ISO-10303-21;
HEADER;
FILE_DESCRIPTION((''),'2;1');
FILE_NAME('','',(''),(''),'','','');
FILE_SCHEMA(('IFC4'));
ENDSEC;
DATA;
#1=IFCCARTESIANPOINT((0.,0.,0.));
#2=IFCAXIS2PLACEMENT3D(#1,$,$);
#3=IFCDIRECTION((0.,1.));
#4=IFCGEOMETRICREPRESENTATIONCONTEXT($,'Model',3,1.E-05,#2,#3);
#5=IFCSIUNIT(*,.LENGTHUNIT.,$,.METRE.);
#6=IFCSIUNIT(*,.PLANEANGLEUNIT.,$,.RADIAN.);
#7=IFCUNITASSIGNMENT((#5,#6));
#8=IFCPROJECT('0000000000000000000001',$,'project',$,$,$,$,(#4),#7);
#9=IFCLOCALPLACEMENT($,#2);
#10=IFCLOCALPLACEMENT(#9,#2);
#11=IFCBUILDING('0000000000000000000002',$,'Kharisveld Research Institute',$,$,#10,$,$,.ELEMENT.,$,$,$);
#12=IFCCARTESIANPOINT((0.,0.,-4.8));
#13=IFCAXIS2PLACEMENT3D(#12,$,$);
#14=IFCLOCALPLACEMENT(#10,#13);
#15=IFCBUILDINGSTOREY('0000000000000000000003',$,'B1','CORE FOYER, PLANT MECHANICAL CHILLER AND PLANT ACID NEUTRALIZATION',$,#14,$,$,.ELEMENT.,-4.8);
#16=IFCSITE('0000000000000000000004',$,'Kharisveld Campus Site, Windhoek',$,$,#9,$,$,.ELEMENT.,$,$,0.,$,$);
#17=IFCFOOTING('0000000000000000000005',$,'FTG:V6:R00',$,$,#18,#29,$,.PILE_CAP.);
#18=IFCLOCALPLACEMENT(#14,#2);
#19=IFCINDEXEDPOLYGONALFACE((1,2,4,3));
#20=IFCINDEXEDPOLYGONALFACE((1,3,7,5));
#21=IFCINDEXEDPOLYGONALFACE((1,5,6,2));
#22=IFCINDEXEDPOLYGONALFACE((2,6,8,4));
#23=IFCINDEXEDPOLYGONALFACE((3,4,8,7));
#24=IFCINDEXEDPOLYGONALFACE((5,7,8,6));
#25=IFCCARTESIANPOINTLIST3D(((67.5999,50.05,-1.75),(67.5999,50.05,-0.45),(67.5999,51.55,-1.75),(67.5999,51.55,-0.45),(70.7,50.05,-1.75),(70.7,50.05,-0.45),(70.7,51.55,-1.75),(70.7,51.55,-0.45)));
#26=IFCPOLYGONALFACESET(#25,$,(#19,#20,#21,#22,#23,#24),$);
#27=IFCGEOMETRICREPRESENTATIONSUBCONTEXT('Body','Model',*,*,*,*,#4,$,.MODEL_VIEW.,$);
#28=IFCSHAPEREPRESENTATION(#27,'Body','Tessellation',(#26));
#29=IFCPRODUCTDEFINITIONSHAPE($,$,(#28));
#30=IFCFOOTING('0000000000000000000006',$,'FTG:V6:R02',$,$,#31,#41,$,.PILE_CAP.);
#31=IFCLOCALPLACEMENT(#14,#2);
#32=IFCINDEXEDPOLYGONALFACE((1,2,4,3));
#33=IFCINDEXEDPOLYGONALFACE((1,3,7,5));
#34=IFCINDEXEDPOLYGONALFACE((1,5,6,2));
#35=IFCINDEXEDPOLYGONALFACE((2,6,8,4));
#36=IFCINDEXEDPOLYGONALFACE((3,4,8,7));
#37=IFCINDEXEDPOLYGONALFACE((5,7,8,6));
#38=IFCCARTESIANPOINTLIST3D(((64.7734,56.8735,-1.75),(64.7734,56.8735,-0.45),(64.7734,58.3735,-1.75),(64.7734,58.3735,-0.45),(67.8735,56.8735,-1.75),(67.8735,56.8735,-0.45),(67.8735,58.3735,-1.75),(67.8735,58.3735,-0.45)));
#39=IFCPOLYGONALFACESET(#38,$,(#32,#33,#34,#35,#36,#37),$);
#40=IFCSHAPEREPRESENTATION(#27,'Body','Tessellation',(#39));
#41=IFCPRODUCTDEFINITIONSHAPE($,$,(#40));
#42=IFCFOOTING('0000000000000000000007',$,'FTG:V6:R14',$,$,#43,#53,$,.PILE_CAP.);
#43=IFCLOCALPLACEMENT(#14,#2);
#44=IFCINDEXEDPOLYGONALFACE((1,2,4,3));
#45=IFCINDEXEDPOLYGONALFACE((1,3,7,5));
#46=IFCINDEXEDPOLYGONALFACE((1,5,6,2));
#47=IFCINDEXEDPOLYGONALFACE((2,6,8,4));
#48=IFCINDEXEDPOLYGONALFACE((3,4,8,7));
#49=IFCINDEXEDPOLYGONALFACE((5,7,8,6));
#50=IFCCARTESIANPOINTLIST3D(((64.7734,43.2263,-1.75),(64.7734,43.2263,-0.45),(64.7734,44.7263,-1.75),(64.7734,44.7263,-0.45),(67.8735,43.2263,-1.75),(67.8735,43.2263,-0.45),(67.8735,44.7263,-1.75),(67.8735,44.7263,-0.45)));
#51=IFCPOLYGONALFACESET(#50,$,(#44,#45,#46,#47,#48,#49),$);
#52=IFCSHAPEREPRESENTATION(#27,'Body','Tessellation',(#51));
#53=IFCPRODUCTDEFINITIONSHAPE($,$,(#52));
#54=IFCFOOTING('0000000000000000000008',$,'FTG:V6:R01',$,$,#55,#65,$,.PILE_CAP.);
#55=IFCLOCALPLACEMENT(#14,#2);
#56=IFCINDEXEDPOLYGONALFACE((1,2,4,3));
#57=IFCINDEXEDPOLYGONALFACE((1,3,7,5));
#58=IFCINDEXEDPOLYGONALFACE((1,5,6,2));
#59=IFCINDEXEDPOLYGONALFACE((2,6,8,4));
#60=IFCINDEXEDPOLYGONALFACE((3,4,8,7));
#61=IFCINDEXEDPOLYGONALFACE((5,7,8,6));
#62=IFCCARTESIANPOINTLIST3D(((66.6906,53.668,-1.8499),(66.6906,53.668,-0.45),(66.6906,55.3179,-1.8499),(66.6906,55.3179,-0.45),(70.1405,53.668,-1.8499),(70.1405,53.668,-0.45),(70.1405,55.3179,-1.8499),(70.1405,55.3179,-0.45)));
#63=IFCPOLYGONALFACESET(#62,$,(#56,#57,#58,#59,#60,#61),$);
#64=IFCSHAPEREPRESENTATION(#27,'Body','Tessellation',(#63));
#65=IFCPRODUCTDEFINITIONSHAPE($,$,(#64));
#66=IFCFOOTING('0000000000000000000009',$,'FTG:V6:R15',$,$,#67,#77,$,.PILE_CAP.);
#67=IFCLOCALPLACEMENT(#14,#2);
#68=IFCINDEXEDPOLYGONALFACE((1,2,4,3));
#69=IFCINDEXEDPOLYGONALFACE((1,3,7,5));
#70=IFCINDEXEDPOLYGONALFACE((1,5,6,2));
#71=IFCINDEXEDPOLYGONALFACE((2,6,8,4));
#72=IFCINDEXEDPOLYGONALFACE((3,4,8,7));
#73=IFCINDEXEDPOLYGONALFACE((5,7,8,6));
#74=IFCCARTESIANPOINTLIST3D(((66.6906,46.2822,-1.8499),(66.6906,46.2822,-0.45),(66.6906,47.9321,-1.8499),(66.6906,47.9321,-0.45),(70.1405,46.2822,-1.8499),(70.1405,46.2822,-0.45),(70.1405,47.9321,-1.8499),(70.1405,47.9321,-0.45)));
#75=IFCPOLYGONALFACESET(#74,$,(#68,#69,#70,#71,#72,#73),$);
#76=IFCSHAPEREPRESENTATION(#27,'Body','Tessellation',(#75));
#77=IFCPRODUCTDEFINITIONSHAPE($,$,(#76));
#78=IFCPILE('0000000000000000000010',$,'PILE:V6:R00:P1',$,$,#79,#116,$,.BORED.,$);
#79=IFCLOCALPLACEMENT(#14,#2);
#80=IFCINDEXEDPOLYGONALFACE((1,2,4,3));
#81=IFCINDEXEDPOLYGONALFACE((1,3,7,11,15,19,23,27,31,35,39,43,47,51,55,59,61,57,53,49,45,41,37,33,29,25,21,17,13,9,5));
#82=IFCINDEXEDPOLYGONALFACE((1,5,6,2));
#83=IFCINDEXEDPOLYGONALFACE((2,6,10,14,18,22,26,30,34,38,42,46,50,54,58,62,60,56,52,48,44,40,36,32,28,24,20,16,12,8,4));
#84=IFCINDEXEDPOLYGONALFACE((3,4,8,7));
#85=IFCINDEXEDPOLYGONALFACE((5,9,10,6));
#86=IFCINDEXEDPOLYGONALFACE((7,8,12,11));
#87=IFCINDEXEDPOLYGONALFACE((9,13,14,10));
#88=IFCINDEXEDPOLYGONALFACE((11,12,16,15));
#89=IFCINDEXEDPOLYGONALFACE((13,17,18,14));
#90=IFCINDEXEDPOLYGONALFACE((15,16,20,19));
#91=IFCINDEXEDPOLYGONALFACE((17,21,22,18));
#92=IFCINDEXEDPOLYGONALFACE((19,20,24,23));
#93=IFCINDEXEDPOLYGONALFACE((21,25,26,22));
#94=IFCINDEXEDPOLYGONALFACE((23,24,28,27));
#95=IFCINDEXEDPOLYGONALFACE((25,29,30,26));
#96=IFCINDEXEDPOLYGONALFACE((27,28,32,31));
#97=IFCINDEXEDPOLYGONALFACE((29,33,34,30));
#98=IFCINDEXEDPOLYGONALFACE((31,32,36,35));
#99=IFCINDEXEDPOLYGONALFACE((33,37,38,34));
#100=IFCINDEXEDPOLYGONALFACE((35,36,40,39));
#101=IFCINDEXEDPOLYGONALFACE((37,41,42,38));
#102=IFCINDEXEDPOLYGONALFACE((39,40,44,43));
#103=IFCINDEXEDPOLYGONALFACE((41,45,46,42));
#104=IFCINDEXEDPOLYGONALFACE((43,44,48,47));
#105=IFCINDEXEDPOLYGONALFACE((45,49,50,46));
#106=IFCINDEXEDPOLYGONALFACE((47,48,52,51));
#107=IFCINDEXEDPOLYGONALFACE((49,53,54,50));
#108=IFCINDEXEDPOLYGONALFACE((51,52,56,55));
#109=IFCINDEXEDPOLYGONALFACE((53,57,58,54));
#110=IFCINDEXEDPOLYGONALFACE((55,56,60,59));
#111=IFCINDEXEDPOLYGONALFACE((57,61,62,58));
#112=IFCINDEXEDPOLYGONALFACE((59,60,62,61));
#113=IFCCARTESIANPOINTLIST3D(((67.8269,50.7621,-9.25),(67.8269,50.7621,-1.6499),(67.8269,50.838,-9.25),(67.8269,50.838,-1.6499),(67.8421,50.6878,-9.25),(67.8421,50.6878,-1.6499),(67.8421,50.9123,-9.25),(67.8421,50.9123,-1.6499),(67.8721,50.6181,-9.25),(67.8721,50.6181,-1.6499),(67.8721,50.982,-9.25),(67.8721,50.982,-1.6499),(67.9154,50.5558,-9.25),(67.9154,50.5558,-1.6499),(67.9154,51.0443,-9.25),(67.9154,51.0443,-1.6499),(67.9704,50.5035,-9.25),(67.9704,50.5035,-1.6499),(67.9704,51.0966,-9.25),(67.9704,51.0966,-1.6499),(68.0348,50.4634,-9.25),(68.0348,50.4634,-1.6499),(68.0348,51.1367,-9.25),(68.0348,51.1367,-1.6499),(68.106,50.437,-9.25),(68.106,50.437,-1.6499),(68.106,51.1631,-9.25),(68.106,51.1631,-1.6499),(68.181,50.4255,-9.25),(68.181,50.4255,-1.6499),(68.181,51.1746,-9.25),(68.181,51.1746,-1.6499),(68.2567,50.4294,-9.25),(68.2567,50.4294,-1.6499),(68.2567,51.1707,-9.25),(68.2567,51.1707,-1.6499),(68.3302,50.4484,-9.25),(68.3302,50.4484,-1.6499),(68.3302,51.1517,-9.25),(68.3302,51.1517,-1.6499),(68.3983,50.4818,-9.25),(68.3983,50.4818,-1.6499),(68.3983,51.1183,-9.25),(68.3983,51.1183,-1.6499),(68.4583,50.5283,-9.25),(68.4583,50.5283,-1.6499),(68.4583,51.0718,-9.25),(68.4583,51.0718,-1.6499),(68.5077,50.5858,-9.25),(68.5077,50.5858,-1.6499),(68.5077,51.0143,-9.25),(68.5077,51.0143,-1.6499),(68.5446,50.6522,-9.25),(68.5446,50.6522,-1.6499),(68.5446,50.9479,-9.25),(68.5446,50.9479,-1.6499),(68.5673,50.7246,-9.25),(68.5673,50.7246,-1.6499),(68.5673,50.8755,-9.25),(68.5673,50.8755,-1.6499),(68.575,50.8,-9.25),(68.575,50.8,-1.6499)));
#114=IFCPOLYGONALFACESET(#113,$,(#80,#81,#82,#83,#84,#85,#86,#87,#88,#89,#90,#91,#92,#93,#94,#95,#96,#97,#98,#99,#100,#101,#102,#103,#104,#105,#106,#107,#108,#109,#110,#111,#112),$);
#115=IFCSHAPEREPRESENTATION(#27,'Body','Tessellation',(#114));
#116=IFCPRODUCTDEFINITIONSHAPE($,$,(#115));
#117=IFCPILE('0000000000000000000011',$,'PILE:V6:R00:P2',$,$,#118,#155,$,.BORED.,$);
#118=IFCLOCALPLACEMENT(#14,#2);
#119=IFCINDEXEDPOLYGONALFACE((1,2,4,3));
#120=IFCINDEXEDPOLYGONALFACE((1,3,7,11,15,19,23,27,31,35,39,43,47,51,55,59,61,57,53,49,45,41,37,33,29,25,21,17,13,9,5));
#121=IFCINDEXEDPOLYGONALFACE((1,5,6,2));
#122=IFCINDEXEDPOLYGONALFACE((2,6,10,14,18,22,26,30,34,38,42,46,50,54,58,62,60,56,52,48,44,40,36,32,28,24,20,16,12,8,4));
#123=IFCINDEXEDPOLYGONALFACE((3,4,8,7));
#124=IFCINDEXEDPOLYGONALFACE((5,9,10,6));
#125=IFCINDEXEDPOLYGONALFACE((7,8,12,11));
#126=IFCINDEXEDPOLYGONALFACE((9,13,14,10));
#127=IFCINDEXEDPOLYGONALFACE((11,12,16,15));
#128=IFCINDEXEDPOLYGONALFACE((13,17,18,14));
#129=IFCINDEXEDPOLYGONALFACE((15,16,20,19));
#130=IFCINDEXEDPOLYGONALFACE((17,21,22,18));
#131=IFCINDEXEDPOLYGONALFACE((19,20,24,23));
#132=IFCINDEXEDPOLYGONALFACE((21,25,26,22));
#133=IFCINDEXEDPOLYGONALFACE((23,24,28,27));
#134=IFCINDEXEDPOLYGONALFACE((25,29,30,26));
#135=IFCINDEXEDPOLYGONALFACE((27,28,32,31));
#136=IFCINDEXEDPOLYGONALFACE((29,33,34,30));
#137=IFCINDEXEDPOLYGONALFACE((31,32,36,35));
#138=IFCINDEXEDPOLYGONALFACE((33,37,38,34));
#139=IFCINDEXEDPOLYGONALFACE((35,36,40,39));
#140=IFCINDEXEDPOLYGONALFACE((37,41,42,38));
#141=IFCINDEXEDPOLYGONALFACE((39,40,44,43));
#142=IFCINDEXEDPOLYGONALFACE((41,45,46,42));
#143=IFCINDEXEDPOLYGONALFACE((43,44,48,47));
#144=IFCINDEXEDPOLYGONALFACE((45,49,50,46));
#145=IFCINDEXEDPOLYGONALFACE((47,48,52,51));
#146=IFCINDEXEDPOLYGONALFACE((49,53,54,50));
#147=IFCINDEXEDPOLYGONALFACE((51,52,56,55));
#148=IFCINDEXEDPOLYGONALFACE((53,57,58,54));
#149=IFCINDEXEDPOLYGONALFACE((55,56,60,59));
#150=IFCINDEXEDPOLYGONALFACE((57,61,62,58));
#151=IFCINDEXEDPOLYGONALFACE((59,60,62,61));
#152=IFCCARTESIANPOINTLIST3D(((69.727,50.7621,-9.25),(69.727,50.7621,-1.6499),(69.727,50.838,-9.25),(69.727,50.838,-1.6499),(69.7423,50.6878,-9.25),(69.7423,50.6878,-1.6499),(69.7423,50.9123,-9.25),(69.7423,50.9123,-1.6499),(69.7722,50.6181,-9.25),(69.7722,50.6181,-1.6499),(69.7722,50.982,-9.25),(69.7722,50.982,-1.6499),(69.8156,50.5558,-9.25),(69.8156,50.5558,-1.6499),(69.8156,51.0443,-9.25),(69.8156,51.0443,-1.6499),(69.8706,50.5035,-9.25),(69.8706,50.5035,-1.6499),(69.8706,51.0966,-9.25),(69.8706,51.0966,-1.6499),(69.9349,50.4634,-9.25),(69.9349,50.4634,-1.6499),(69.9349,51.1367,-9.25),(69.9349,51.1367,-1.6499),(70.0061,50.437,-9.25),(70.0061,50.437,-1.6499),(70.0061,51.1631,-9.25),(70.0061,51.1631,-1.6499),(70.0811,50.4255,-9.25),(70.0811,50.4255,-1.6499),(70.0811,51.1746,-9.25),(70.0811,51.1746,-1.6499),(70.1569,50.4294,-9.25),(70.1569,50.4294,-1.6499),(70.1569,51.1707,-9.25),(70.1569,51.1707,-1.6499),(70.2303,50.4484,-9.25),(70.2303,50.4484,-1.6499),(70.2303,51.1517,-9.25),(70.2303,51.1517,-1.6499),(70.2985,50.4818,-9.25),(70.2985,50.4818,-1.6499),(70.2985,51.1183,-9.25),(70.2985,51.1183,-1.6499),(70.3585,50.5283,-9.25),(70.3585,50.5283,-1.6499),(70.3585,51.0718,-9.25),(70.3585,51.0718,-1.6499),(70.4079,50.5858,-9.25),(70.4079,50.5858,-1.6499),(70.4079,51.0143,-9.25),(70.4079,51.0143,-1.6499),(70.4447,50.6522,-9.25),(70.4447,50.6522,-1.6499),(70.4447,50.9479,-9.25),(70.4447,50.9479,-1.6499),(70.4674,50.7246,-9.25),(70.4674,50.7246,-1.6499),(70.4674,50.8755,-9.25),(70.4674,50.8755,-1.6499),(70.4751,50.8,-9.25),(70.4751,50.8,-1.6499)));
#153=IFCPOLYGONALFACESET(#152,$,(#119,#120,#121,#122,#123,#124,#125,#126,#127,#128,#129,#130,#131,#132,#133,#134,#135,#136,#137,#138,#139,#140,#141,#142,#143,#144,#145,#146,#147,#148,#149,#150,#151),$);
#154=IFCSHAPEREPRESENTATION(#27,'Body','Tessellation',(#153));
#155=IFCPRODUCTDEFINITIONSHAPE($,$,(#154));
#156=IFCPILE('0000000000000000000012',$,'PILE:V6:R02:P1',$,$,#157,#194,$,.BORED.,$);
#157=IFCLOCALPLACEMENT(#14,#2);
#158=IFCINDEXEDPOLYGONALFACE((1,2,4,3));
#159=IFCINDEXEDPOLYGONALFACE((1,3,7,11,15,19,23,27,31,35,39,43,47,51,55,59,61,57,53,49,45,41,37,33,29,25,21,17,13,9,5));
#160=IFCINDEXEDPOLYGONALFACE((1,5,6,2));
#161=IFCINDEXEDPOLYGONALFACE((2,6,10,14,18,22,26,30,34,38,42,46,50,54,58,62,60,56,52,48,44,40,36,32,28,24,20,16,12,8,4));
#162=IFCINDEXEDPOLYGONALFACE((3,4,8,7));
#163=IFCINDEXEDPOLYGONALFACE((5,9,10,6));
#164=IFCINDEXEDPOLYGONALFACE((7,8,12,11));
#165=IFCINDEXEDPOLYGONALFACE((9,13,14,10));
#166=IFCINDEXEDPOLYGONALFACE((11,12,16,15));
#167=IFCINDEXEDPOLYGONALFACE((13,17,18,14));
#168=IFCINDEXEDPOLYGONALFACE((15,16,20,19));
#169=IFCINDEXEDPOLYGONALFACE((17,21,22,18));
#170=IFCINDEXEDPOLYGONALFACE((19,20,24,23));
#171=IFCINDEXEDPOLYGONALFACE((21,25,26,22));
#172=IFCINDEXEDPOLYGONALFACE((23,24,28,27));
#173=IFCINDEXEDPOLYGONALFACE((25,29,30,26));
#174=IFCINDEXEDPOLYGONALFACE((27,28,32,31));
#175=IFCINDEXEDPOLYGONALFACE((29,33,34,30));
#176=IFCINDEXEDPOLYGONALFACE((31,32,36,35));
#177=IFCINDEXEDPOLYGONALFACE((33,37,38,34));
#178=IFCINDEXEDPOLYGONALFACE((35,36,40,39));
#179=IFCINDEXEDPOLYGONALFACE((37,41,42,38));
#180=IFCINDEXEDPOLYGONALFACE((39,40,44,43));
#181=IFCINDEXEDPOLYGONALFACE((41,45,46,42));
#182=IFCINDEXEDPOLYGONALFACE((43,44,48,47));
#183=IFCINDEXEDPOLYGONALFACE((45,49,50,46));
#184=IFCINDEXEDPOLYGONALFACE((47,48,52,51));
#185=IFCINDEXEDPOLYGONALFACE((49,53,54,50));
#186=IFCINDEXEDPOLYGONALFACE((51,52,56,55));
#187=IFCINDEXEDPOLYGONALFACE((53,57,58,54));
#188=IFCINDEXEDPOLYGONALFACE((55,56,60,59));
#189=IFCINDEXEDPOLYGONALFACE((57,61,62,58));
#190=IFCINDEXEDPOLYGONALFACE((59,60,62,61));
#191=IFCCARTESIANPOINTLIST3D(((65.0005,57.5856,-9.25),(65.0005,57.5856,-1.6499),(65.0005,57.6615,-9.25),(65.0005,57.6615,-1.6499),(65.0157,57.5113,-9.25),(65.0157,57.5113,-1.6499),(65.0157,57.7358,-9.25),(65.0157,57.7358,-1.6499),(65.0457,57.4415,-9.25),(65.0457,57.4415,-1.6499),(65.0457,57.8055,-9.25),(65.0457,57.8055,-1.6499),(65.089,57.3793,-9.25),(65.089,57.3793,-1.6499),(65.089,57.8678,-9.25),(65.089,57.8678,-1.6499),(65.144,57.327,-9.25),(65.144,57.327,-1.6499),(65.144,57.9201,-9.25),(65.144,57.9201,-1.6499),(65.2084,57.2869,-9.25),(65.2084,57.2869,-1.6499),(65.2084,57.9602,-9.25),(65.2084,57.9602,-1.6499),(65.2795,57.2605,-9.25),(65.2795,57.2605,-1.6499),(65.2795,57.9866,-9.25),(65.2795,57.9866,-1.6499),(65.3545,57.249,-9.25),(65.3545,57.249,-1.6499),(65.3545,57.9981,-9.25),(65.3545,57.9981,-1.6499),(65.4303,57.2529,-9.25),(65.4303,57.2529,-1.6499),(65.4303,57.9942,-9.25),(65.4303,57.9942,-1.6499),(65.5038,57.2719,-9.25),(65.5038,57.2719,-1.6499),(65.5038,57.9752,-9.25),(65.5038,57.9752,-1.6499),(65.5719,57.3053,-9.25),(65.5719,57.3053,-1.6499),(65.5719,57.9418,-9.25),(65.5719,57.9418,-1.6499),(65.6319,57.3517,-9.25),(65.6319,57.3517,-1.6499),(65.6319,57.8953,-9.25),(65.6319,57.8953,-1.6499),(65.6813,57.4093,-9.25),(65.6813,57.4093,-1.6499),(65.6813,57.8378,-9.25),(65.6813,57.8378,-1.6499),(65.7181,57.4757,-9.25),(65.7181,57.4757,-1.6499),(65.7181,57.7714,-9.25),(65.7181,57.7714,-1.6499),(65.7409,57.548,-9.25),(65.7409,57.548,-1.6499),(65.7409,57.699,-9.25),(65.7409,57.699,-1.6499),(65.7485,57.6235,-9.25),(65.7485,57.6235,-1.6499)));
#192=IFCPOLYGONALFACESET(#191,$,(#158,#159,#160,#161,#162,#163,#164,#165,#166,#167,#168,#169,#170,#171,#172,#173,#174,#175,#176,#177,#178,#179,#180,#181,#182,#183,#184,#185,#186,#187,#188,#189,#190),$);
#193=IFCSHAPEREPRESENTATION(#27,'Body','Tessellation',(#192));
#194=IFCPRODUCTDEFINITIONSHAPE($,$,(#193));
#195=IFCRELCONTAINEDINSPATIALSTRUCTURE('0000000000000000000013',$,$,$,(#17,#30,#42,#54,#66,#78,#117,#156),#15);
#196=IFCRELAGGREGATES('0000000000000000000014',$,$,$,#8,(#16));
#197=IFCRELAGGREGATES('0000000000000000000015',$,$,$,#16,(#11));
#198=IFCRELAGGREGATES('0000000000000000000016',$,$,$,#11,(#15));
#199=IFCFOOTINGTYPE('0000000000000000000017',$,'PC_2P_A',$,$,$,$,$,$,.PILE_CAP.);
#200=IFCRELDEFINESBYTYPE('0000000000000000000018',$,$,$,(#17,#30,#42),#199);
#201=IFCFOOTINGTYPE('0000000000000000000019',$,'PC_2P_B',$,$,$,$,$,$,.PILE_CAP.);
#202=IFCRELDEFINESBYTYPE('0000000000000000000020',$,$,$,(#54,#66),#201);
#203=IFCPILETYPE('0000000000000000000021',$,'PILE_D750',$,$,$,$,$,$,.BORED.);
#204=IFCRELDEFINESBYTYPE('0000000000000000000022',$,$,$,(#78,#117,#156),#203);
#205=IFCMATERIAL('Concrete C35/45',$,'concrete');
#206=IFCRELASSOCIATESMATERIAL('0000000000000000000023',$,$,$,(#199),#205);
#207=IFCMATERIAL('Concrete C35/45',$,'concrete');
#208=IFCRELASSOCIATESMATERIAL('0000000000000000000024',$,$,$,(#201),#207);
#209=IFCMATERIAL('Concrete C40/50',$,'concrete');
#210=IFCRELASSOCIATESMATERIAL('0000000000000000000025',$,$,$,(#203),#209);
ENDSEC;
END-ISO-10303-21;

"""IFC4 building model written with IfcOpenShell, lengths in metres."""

from ifc_helpers import new_model, si_unit, direction, frame, origin, origin_2d, place, context, subcontext, project, spatial, rectangle, circle, extrude, material, material_profile, profile_set, type_object, element, save


model = new_model("IFC4")

# Units and contexts
model_context = context("Model", 3, precision=1e-05, world=origin(), true_north=direction((0.0, 1.0)))
body_context = subcontext(model_context, "Body", "Model", "MODEL_VIEW")
ifc_project = project(units=[si_unit("LENGTHUNIT", "METRE"), si_unit("PLANEANGLEUNIT", "RADIAN")], contexts=[model_context])

# Site, building, storey
site_placement = place(None, origin())
site = spatial("IfcSite", under=ifc_project, at=site_placement, Name="Kharisveld Campus Site, Windhoek", CompositionType="ELEMENT", RefElevation=0.0)
building_placement = place(site_placement, origin())
building = spatial("IfcBuilding", under=site, at=building_placement, Name="Kharisveld Research Institute", CompositionType="ELEMENT")
storey_placement = place(building_placement, frame((0.0, 0.0, -4.8)))
storey = spatial("IfcBuildingStorey", under=building, at=storey_placement, Name="B1", Description="CORE FOYER, PLANT MECHANICAL CHILLER AND PLANT ACID NEUTRALIZATION", CompositionType="ELEMENT", Elevation=-4.8)

# Footings
ifc_material_1 = material(Name="Concrete C35/45", Category="concrete")
footing_type_1 = type_object("IfcFootingType", Name="PC_2P_A", PredefinedType="PILE_CAP", material=ifc_material_1)
for number, where, z_axis, x_axis, name in (
    (1, (69.1499, 50.8, -1.75), (0.0, 0.0, 1.0), (1.0, 0.0, 0.0), "FTG:V6:R00"),
    (2, (66.3235, 57.6235, -1.75), (0.0, 0.0, 1.0), (1.0, 0.0, 0.0), "FTG:V6:R02"),
    (3, (66.3235, 43.9763, -1.75), (0.0, 0.0, 1.0), (1.0, 0.0, 0.0), "FTG:V6:R14"),
):
    element("IfcFooting", number, at=place(storey_placement, frame(where, z_axis=z_axis, x_axis=x_axis)), inside=storey, type_object=footing_type_1, Name=name, PredefinedType="PILE_CAP", context=body_context, shape_type="SweptSolid", body=[
        extrude(rectangle(XDim=3.1001, YDim=1.5, at=origin_2d()), origin(), (0.0, 0.0, 1.0), 1.3),
    ])
ifc_material_2 = material(Name="Concrete C35/45", Category="concrete")
footing_type_2 = type_object("IfcFootingType", Name="PC_2P_B", PredefinedType="PILE_CAP", material=ifc_material_2)
for number, where, z_axis, x_axis, name in (
    (4, (68.4155, 54.4929, -1.8499), (0.0, 0.0, 1.0), (1.0, 0.0, 0.0), "FTG:V6:R01"),
    (5, (68.4155, 47.1072, -1.8499), (0.0, 0.0, 1.0), (1.0, 0.0, 0.0), "FTG:V6:R15"),
):
    element("IfcFooting", number, at=place(storey_placement, frame(where, z_axis=z_axis, x_axis=x_axis)), inside=storey, type_object=footing_type_2, Name=name, PredefinedType="PILE_CAP", context=body_context, shape_type="SweptSolid", body=[
        extrude(rectangle(XDim=3.45, YDim=1.6499, at=origin_2d()), origin(), (0.0, 0.0, 1.0), 1.3999),
    ])

# Piles
ifc_material_3 = material(Name="Concrete C40/50", Category="concrete")
ifc_material_profile_1 = material_profile(ifc_material_3, circle(Radius=0.375, at=origin_2d()))
ifc_profile_set_1 = profile_set([ifc_material_profile_1], Name="Concrete C40/50")
pile_type_1 = type_object("IfcPileType", Name="PILE_D750", PredefinedType="BORED", material=ifc_profile_set_1)
for number, where, z_axis, x_axis, name in (
    (6, (68.2, 50.8, -1.6499), (0.0, 0.0, -1.0), (1.0, 0.0, 0.0), "PILE:V6:R00:P1"),
    (7, (70.1001, 50.8, -1.6499), (0.0, 0.0, -1.0), (1.0, 0.0, 0.0), "PILE:V6:R00:P2"),
    (8, (65.3735, 57.6235, -1.6499), (0.0, 0.0, -1.0), (1.0, 0.0, 0.0), "PILE:V6:R02:P1"),
):
    element("IfcPile", number, at=place(storey_placement, frame(where, z_axis=z_axis, x_axis=x_axis)), inside=storey, type_object=pile_type_1, Name=name, PredefinedType="BORED", context=body_context, shape_type="SweptSolid", body=[
        extrude(circle(Radius=0.375, at=origin_2d()), origin(), (0.0, 0.0, 1.0), 7.6001),
    ])

save(model, "model.ifc")
